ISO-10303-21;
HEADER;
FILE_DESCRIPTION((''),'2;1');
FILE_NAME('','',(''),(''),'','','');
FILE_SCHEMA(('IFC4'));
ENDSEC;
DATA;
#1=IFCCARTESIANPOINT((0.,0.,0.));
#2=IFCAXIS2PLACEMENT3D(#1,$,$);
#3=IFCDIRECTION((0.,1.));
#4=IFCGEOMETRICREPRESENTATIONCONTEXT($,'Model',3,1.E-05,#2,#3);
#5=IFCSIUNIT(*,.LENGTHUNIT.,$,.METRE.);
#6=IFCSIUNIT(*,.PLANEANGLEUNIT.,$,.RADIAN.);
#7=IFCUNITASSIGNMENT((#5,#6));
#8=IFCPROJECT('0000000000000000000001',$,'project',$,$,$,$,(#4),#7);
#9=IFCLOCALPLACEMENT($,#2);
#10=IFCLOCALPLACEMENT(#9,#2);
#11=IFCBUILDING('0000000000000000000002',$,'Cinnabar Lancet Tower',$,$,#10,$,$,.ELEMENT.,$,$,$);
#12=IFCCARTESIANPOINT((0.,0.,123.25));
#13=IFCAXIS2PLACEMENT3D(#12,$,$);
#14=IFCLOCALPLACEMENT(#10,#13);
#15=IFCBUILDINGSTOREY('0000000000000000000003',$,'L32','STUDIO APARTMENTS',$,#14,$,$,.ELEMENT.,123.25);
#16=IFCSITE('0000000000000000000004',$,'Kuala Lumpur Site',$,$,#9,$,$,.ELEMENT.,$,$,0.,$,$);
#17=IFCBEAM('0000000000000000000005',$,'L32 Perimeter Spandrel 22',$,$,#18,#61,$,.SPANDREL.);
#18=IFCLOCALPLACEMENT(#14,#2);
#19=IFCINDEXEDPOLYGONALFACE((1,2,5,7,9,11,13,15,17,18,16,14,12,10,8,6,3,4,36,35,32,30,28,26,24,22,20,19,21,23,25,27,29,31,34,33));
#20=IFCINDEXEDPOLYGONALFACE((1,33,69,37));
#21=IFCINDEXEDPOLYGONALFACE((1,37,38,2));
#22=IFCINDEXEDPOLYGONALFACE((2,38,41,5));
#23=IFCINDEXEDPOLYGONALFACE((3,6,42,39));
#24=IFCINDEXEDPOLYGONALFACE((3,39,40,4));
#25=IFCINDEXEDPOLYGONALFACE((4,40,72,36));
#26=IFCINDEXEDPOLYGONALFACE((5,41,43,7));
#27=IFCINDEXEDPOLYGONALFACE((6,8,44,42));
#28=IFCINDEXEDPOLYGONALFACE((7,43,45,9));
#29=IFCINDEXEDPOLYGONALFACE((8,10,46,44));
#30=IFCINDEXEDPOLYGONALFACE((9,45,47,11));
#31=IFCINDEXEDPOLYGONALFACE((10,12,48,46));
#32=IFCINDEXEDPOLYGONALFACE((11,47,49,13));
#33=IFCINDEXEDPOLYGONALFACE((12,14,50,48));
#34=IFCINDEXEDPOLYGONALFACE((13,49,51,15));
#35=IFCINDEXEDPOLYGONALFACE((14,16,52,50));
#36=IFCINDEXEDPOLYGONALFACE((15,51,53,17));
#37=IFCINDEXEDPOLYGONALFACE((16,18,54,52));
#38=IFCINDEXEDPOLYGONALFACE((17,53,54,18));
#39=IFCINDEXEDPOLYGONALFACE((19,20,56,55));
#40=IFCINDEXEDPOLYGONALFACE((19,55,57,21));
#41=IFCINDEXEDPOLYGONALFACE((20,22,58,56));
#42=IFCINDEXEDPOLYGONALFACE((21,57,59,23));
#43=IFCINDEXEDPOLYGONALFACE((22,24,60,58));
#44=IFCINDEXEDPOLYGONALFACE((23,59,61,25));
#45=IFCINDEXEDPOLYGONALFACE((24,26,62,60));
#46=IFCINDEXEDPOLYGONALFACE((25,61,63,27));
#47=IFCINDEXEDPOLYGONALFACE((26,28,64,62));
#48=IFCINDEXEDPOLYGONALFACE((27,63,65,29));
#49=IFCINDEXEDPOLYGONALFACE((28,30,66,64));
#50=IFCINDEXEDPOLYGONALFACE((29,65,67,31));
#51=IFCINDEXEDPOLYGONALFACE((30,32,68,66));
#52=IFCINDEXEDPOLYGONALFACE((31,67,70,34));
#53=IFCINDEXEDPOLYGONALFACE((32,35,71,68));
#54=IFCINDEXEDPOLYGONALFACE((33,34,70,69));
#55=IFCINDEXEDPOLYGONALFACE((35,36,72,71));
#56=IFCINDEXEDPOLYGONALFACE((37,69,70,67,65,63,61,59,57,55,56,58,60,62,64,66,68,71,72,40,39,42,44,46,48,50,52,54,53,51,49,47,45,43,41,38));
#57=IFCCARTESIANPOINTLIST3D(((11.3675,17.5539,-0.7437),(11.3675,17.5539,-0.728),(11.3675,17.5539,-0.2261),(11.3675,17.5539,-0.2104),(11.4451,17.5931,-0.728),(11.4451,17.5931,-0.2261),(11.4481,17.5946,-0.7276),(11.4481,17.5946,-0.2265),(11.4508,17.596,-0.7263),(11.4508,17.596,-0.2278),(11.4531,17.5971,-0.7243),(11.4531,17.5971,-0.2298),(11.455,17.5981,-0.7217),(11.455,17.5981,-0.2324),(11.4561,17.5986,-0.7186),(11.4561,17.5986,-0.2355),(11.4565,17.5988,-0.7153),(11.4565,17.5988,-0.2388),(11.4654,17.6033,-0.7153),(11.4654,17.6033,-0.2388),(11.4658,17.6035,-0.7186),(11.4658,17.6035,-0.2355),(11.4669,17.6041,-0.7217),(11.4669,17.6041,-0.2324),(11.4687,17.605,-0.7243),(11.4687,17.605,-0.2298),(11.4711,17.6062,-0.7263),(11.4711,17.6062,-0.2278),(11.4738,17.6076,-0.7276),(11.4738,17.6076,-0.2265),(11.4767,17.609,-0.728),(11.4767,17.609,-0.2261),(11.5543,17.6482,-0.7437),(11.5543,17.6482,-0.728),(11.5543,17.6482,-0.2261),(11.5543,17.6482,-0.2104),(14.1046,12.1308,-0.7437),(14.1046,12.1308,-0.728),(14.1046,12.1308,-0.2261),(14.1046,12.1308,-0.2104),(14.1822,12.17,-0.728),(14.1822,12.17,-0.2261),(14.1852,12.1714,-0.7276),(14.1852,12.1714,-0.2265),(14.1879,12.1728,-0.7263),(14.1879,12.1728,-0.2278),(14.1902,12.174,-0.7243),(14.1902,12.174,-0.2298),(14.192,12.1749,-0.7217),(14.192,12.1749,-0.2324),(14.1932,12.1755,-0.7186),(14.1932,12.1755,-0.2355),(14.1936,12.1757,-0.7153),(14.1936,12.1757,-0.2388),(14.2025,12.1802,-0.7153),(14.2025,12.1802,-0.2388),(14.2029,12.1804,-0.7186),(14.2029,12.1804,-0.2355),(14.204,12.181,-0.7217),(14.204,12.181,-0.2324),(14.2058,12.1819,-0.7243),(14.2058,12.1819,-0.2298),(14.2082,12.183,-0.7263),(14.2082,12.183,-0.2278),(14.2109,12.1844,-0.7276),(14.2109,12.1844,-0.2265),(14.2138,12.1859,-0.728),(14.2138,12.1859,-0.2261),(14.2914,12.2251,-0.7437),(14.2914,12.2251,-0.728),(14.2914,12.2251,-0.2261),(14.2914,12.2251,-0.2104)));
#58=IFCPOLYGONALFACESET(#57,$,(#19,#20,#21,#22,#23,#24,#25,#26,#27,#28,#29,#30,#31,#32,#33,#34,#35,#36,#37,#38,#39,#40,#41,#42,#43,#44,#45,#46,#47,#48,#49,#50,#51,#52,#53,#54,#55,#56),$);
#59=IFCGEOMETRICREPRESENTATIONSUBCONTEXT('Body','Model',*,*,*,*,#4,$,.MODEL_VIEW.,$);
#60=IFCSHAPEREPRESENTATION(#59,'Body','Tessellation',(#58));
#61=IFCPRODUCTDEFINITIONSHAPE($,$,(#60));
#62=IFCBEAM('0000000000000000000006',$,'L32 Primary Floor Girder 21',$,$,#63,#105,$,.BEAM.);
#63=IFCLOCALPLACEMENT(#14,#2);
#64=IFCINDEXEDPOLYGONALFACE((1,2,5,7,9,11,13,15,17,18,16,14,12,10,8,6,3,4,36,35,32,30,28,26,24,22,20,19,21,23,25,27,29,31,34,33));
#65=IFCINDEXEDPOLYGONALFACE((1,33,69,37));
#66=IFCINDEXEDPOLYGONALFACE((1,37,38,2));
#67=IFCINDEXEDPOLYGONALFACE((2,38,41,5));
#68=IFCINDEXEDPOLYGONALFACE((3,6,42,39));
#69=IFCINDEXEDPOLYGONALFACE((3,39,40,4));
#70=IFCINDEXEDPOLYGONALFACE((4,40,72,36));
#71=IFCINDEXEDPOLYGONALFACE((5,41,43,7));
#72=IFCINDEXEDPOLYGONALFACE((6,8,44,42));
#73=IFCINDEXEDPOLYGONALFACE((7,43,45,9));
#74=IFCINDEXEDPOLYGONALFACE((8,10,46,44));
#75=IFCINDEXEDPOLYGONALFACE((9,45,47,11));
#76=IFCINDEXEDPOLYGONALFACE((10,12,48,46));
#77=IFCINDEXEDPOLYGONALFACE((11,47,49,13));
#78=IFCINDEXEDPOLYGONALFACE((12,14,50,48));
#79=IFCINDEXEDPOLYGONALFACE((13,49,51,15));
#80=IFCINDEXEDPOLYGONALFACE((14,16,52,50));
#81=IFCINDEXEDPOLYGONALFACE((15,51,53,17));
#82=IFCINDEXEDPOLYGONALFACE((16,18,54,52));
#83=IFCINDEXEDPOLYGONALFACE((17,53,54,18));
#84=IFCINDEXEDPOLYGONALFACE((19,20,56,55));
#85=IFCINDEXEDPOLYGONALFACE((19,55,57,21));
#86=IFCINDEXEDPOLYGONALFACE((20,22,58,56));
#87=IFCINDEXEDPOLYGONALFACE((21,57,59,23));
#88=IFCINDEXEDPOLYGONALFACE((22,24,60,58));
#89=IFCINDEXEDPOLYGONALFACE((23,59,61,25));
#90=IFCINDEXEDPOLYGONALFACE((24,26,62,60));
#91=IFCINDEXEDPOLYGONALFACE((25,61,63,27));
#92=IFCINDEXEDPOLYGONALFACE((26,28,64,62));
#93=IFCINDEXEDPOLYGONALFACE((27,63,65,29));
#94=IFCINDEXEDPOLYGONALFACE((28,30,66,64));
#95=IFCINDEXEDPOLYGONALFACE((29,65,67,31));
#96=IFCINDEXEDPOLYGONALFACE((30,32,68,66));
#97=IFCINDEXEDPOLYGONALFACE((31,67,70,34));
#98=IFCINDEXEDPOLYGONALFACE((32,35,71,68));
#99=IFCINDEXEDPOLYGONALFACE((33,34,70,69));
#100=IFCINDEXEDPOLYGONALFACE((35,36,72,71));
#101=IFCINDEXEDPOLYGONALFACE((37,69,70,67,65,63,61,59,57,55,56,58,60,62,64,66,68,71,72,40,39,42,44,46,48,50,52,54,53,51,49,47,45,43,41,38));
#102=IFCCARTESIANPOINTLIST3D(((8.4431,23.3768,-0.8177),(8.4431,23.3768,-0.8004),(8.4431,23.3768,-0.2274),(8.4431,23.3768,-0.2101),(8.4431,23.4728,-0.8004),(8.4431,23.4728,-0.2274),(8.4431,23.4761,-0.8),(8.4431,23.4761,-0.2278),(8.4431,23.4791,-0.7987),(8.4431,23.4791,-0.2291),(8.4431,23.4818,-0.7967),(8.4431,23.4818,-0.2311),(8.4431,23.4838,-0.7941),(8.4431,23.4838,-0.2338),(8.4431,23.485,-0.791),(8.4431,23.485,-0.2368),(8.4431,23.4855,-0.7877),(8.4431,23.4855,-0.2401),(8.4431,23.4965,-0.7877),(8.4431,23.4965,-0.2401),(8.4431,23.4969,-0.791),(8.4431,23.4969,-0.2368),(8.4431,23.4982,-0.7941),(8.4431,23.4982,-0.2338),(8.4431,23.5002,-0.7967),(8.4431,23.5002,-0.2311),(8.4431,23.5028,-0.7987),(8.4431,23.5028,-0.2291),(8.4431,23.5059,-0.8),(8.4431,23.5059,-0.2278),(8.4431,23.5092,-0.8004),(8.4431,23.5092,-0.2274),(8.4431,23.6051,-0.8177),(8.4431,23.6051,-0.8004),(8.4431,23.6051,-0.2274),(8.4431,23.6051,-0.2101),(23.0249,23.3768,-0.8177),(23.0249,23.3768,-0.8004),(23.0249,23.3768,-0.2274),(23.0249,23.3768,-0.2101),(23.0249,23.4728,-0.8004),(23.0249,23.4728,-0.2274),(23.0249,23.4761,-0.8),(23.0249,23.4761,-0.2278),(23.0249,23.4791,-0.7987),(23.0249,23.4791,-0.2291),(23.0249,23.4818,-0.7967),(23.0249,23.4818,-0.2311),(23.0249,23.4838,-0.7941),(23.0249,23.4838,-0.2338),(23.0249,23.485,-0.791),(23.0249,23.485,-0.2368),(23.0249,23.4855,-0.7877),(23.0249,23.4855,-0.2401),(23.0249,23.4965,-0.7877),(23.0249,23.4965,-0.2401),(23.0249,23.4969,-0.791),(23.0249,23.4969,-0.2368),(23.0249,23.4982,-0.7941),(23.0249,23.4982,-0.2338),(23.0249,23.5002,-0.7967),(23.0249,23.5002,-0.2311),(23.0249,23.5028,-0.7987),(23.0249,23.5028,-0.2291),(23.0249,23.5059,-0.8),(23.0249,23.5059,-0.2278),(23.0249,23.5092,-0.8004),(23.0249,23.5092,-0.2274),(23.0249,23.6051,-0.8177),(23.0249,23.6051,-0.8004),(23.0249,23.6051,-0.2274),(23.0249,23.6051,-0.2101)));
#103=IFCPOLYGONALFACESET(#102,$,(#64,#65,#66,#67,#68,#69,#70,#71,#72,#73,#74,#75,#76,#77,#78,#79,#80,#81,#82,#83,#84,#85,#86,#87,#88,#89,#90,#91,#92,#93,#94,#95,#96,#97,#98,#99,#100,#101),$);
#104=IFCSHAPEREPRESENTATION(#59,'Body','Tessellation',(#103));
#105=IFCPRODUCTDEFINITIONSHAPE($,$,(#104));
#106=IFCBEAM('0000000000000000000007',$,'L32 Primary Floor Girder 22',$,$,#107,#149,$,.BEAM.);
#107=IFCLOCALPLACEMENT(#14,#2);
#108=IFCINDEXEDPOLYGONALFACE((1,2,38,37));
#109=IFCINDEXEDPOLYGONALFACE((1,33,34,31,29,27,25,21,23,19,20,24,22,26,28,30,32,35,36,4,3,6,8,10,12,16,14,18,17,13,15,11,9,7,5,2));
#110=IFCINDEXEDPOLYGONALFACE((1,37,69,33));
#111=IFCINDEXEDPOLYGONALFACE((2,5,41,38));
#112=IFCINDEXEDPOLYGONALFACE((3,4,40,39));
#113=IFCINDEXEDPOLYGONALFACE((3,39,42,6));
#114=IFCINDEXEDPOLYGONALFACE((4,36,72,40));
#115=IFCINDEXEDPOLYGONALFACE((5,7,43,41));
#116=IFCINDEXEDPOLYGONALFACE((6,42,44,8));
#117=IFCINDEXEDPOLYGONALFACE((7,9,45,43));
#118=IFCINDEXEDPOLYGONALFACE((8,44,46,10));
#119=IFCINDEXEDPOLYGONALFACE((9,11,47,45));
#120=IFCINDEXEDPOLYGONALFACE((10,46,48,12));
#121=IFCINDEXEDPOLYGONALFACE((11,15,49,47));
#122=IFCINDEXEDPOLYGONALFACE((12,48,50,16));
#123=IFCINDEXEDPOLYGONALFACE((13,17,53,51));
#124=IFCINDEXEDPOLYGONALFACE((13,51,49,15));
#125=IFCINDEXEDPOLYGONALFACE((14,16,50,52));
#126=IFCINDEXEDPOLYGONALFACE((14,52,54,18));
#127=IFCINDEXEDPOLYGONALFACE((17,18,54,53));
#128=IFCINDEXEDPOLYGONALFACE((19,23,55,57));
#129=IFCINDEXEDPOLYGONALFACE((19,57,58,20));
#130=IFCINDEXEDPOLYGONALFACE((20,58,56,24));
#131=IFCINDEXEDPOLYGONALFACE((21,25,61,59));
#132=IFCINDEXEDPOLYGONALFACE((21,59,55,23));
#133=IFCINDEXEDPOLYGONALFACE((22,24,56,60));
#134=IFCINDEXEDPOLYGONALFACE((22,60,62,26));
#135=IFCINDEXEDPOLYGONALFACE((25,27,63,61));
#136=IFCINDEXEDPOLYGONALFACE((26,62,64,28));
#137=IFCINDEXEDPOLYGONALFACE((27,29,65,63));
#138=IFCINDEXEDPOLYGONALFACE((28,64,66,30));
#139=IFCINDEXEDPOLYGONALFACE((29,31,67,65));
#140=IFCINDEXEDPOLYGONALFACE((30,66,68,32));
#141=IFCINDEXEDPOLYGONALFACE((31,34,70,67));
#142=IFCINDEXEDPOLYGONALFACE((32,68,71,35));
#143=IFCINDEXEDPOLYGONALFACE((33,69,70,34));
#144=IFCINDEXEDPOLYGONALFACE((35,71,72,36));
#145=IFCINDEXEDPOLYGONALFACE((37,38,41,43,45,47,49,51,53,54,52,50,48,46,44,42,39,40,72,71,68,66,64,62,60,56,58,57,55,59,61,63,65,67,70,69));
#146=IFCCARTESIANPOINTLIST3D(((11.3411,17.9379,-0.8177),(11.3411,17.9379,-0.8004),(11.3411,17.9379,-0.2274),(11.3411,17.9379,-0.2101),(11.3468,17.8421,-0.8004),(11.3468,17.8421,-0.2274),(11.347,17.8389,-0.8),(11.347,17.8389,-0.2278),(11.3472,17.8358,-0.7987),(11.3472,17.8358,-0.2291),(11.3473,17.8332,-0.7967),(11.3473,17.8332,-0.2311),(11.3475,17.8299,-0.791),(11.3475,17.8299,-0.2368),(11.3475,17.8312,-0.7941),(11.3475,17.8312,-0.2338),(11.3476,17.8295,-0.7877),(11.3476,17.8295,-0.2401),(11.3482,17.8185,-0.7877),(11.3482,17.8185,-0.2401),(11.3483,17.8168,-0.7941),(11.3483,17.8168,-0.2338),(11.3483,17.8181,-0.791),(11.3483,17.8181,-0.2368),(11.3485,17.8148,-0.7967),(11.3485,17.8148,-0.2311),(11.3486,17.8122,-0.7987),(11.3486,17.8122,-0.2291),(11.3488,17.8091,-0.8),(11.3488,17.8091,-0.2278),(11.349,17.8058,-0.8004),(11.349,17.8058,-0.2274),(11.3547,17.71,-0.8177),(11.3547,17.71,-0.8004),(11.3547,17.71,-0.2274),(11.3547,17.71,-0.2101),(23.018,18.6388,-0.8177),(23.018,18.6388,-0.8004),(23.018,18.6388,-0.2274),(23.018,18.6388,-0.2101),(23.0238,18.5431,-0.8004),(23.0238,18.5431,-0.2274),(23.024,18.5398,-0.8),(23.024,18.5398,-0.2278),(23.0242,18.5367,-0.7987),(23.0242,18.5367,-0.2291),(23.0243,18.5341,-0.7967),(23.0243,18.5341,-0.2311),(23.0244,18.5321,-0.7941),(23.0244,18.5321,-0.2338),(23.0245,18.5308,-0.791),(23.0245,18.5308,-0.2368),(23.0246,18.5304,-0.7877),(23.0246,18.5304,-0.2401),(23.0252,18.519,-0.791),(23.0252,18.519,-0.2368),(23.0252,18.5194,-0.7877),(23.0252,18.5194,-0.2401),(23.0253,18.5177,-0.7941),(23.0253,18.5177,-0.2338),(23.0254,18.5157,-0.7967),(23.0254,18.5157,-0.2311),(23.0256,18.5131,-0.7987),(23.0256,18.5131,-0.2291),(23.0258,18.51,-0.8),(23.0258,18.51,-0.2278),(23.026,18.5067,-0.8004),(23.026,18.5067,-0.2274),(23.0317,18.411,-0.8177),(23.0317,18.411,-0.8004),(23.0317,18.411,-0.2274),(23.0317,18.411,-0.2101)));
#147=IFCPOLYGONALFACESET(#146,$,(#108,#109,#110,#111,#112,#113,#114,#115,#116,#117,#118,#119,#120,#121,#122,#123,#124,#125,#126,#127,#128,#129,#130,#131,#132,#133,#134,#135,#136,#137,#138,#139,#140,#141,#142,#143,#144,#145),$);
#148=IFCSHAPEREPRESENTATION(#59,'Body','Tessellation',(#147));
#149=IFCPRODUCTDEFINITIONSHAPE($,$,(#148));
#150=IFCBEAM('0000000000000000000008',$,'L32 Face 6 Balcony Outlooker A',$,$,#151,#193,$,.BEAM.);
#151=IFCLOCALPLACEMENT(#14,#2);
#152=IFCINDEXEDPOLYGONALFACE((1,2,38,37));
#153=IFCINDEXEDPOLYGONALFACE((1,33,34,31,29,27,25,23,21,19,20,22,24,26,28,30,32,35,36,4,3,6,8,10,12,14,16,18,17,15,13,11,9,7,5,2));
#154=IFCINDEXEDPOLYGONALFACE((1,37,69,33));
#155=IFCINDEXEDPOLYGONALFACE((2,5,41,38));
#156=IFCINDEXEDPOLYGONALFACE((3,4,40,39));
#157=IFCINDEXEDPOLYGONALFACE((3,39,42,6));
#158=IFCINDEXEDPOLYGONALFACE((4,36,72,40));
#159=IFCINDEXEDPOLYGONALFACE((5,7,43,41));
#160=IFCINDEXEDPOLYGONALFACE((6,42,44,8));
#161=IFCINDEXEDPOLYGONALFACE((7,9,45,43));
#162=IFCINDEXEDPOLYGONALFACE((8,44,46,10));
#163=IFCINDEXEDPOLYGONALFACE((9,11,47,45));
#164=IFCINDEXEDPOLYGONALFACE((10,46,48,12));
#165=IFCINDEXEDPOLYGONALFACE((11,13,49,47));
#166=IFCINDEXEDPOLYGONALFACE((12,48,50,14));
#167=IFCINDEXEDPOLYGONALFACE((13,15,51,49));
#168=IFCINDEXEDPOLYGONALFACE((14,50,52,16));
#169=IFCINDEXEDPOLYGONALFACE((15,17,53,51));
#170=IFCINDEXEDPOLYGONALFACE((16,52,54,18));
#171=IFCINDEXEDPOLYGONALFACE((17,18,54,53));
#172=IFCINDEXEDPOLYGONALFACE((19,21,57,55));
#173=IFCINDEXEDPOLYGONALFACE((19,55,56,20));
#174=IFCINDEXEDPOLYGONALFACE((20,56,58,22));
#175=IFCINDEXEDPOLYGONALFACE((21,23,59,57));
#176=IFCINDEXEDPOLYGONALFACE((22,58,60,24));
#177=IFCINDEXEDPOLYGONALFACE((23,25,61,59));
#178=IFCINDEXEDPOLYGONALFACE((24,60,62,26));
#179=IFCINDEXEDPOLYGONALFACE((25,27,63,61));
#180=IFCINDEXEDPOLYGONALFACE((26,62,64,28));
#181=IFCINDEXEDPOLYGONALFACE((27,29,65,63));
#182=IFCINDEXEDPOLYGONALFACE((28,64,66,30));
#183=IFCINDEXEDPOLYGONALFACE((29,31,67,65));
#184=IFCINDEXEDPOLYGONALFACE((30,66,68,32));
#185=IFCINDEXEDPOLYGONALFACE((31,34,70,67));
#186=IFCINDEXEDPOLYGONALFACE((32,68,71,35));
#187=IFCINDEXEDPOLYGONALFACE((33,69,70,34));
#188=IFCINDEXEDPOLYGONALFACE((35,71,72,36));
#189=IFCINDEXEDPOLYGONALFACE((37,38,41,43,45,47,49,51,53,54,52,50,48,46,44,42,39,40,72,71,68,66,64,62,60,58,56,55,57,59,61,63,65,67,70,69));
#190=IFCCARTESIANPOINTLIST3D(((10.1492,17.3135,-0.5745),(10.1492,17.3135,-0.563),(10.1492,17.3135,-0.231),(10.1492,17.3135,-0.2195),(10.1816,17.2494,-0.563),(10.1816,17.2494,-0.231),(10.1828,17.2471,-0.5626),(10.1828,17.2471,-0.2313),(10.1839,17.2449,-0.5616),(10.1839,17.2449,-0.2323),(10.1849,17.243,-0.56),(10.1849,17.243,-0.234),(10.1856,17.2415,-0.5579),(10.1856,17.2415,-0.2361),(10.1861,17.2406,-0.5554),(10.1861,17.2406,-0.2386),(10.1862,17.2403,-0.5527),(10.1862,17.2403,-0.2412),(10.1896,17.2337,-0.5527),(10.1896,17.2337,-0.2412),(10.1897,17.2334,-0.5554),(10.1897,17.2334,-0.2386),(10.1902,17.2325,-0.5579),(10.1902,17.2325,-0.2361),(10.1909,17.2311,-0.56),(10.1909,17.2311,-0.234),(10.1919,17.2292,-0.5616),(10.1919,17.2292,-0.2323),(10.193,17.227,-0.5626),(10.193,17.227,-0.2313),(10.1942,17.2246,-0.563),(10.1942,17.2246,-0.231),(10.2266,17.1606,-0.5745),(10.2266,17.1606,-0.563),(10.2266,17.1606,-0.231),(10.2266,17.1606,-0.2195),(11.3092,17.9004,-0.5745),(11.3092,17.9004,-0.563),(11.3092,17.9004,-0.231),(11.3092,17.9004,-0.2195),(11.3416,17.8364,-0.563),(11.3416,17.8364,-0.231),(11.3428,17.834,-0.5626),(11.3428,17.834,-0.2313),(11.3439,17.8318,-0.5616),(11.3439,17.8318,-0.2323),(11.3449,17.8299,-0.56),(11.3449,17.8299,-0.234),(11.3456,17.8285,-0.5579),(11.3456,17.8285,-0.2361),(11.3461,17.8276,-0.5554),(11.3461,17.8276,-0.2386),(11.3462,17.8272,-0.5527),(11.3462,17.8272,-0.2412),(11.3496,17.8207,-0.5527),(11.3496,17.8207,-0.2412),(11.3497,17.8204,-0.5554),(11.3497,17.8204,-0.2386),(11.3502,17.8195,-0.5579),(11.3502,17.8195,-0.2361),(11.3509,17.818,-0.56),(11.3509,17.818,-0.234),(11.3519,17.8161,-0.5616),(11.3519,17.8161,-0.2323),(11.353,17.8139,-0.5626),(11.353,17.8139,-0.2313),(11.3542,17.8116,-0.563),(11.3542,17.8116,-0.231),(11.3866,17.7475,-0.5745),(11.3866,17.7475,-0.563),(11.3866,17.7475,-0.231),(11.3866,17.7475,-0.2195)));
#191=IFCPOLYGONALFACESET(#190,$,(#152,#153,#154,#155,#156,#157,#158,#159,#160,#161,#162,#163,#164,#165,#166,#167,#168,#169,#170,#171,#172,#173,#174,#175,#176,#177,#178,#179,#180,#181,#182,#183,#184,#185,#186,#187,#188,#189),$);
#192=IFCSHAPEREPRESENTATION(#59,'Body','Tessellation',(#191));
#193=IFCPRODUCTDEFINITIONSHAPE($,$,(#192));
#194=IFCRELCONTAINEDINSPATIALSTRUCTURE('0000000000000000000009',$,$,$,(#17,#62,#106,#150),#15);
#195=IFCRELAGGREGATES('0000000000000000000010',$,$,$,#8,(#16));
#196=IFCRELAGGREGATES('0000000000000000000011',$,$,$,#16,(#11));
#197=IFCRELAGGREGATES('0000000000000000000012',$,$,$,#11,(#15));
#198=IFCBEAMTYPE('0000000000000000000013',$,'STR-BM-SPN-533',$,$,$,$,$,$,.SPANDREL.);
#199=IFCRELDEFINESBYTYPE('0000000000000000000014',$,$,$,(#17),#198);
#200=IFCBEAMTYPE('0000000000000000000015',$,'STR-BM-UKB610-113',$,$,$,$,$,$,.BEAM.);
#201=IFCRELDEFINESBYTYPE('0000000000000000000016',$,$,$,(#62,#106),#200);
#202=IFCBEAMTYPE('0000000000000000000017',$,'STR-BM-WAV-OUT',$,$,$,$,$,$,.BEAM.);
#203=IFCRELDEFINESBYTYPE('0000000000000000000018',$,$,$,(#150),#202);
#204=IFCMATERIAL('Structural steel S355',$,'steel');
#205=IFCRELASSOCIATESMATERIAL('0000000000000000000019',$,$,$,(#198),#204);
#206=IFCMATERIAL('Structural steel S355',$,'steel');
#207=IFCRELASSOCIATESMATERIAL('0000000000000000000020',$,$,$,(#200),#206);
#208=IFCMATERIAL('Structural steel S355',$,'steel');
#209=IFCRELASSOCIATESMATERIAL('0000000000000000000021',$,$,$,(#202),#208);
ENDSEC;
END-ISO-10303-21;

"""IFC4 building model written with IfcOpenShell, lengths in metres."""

from ifc_helpers import new_model, si_unit, direction, frame, origin, origin_2d, place, context, subcontext, project, spatial, i_section, extrude, material, material_profile, profile_set, type_object, element, save


model = new_model("IFC4")

# Units and contexts
model_context = context("Model", 3, precision=1e-05, world=origin(), true_north=direction((0.0, 1.0)))
body_context = subcontext(model_context, "Body", "Model", "MODEL_VIEW")
ifc_project = project(units=[si_unit("LENGTHUNIT", "METRE"), si_unit("PLANEANGLEUNIT", "RADIAN")], contexts=[model_context])

# Site, building, storey
site_placement = place(None, origin())
site = spatial("IfcSite", under=ifc_project, at=site_placement, Name="Kuala Lumpur Site", CompositionType="ELEMENT", RefElevation=0.0)
building_placement = place(site_placement, origin())
building = spatial("IfcBuilding", under=site, at=building_placement, Name="Cinnabar Lancet Tower", CompositionType="ELEMENT")
storey_placement = place(building_placement, frame((0.0, 0.0, 123.25)))
storey = spatial("IfcBuildingStorey", under=building, at=storey_placement, Name="L32", Description="STUDIO APARTMENTS", CompositionType="ELEMENT", Elevation=123.25)

# Beams
ifc_material_1 = material(Name="Structural steel S355", Category="steel")
ifc_material_profile_1 = material_profile(ifc_material_1, i_section(OverallWidth=0.2092, OverallDepth=0.5332, WebThickness=0.01, FlangeThickness=0.0156, FilletRadius=0.0127, at=origin_2d()), Name="UKB 533x210x92")
ifc_profile_set_1 = profile_set([ifc_material_profile_1], Name="Structural steel S355")
beam_type_1 = type_object("IfcBeamType", Name="STR-BM-SPN-533", PredefinedType="SPANDREL", material=ifc_profile_set_1)
beam_1_placement = place(storey_placement, frame((11.4609, 17.6011, -0.4771), z_axis=(0.45057, -0.892741, 0.0), x_axis=(0.892741, 0.45057, 0.0)))
element("IfcBeam", 1, at=beam_1_placement, inside=storey, type_object=beam_type_1, Name="L32 Perimeter Spandrel 22", PredefinedType="SPANDREL", context=body_context, shape_type="SweptSolid", body=[
    extrude(i_section(OverallWidth=0.2092, OverallDepth=0.5332, WebThickness=0.01, FlangeThickness=0.0156, FilletRadius=0.0127, at=origin_2d()), origin(), (0.0, 0.0, 1.0), 6.0747),
])
ifc_material_2 = material(Name="Structural steel S355", Category="steel")
ifc_material_profile_2 = material_profile(ifc_material_2, i_section(OverallWidth=0.2283, OverallDepth=0.6077, WebThickness=0.011, FlangeThickness=0.0173, FilletRadius=0.0127, at=origin_2d()), Name="UKB 610x229x113")
ifc_profile_set_2 = profile_set([ifc_material_profile_2], Name="Structural steel S355")
beam_type_2 = type_object("IfcBeamType", Name="STR-BM-UKB610-113", PredefinedType="BEAM", material=ifc_profile_set_2)
beam_2_placement = place(storey_placement, frame((8.4431, 23.491, -0.5139), z_axis=(1.0, 0.0, 0.0), x_axis=(0.0, 1.0, 0.0)))
element("IfcBeam", 2, at=beam_2_placement, inside=storey, type_object=beam_type_2, Name="L32 Primary Floor Girder 21", PredefinedType="BEAM", context=body_context, shape_type="SweptSolid", body=[
    extrude(i_section(OverallWidth=0.2283, OverallDepth=0.6077, WebThickness=0.011, FlangeThickness=0.0173, FilletRadius=0.0127, at=origin_2d()), origin(), (0.0, 0.0, 1.0), 14.5818),
])
beam_3_placement = place(storey_placement, frame((11.3479, 17.824, -0.5139), z_axis=(0.998203, 0.059918, 0.0), x_axis=(-0.059918, 0.998203, 0.0)))
element("IfcBeam", 3, at=beam_3_placement, inside=storey, type_object=beam_type_2, Name="L32 Primary Floor Girder 22", PredefinedType="BEAM", context=body_context, shape_type="SweptSolid", body=[
    extrude(i_section(OverallWidth=0.2283, OverallDepth=0.6077, WebThickness=0.011, FlangeThickness=0.0173, FilletRadius=0.0127, at=origin_2d()), origin(), (0.0, 0.0, 1.0), 11.698),
])
ifc_material_3 = material(Name="Structural steel S355", Category="steel")
ifc_material_profile_3 = material_profile(ifc_material_3, i_section(OverallWidth=0.1714, OverallDepth=0.355, WebThickness=0.0073, FlangeThickness=0.0115, FilletRadius=0.0103, at=origin_2d()), Name="UKB 356x171x51")
ifc_profile_set_3 = profile_set([ifc_material_profile_3], Name="Structural steel S355")
beam_type_3 = type_object("IfcBeamType", Name="STR-BM-WAV-OUT", PredefinedType="BEAM", material=ifc_profile_set_3)
beam_4_placement = place(storey_placement, frame((11.3479, 17.824, -0.397), z_axis=(-0.892276, -0.45149, 0.0), x_axis=(0.45149, -0.892276, 0.0)))
element("IfcBeam", 4, at=beam_4_placement, inside=storey, type_object=beam_type_3, Name="L32 Face 6 Balcony Outlooker A", PredefinedType="BEAM", context=body_context, shape_type="SweptSolid", body=[
    extrude(i_section(OverallWidth=0.1714, OverallDepth=0.355, WebThickness=0.0073, FlangeThickness=0.0115, FilletRadius=0.0103, at=origin_2d()), origin(), (0.0, 0.0, 1.0), 1.3),
])

save(model, "model.ifc")
